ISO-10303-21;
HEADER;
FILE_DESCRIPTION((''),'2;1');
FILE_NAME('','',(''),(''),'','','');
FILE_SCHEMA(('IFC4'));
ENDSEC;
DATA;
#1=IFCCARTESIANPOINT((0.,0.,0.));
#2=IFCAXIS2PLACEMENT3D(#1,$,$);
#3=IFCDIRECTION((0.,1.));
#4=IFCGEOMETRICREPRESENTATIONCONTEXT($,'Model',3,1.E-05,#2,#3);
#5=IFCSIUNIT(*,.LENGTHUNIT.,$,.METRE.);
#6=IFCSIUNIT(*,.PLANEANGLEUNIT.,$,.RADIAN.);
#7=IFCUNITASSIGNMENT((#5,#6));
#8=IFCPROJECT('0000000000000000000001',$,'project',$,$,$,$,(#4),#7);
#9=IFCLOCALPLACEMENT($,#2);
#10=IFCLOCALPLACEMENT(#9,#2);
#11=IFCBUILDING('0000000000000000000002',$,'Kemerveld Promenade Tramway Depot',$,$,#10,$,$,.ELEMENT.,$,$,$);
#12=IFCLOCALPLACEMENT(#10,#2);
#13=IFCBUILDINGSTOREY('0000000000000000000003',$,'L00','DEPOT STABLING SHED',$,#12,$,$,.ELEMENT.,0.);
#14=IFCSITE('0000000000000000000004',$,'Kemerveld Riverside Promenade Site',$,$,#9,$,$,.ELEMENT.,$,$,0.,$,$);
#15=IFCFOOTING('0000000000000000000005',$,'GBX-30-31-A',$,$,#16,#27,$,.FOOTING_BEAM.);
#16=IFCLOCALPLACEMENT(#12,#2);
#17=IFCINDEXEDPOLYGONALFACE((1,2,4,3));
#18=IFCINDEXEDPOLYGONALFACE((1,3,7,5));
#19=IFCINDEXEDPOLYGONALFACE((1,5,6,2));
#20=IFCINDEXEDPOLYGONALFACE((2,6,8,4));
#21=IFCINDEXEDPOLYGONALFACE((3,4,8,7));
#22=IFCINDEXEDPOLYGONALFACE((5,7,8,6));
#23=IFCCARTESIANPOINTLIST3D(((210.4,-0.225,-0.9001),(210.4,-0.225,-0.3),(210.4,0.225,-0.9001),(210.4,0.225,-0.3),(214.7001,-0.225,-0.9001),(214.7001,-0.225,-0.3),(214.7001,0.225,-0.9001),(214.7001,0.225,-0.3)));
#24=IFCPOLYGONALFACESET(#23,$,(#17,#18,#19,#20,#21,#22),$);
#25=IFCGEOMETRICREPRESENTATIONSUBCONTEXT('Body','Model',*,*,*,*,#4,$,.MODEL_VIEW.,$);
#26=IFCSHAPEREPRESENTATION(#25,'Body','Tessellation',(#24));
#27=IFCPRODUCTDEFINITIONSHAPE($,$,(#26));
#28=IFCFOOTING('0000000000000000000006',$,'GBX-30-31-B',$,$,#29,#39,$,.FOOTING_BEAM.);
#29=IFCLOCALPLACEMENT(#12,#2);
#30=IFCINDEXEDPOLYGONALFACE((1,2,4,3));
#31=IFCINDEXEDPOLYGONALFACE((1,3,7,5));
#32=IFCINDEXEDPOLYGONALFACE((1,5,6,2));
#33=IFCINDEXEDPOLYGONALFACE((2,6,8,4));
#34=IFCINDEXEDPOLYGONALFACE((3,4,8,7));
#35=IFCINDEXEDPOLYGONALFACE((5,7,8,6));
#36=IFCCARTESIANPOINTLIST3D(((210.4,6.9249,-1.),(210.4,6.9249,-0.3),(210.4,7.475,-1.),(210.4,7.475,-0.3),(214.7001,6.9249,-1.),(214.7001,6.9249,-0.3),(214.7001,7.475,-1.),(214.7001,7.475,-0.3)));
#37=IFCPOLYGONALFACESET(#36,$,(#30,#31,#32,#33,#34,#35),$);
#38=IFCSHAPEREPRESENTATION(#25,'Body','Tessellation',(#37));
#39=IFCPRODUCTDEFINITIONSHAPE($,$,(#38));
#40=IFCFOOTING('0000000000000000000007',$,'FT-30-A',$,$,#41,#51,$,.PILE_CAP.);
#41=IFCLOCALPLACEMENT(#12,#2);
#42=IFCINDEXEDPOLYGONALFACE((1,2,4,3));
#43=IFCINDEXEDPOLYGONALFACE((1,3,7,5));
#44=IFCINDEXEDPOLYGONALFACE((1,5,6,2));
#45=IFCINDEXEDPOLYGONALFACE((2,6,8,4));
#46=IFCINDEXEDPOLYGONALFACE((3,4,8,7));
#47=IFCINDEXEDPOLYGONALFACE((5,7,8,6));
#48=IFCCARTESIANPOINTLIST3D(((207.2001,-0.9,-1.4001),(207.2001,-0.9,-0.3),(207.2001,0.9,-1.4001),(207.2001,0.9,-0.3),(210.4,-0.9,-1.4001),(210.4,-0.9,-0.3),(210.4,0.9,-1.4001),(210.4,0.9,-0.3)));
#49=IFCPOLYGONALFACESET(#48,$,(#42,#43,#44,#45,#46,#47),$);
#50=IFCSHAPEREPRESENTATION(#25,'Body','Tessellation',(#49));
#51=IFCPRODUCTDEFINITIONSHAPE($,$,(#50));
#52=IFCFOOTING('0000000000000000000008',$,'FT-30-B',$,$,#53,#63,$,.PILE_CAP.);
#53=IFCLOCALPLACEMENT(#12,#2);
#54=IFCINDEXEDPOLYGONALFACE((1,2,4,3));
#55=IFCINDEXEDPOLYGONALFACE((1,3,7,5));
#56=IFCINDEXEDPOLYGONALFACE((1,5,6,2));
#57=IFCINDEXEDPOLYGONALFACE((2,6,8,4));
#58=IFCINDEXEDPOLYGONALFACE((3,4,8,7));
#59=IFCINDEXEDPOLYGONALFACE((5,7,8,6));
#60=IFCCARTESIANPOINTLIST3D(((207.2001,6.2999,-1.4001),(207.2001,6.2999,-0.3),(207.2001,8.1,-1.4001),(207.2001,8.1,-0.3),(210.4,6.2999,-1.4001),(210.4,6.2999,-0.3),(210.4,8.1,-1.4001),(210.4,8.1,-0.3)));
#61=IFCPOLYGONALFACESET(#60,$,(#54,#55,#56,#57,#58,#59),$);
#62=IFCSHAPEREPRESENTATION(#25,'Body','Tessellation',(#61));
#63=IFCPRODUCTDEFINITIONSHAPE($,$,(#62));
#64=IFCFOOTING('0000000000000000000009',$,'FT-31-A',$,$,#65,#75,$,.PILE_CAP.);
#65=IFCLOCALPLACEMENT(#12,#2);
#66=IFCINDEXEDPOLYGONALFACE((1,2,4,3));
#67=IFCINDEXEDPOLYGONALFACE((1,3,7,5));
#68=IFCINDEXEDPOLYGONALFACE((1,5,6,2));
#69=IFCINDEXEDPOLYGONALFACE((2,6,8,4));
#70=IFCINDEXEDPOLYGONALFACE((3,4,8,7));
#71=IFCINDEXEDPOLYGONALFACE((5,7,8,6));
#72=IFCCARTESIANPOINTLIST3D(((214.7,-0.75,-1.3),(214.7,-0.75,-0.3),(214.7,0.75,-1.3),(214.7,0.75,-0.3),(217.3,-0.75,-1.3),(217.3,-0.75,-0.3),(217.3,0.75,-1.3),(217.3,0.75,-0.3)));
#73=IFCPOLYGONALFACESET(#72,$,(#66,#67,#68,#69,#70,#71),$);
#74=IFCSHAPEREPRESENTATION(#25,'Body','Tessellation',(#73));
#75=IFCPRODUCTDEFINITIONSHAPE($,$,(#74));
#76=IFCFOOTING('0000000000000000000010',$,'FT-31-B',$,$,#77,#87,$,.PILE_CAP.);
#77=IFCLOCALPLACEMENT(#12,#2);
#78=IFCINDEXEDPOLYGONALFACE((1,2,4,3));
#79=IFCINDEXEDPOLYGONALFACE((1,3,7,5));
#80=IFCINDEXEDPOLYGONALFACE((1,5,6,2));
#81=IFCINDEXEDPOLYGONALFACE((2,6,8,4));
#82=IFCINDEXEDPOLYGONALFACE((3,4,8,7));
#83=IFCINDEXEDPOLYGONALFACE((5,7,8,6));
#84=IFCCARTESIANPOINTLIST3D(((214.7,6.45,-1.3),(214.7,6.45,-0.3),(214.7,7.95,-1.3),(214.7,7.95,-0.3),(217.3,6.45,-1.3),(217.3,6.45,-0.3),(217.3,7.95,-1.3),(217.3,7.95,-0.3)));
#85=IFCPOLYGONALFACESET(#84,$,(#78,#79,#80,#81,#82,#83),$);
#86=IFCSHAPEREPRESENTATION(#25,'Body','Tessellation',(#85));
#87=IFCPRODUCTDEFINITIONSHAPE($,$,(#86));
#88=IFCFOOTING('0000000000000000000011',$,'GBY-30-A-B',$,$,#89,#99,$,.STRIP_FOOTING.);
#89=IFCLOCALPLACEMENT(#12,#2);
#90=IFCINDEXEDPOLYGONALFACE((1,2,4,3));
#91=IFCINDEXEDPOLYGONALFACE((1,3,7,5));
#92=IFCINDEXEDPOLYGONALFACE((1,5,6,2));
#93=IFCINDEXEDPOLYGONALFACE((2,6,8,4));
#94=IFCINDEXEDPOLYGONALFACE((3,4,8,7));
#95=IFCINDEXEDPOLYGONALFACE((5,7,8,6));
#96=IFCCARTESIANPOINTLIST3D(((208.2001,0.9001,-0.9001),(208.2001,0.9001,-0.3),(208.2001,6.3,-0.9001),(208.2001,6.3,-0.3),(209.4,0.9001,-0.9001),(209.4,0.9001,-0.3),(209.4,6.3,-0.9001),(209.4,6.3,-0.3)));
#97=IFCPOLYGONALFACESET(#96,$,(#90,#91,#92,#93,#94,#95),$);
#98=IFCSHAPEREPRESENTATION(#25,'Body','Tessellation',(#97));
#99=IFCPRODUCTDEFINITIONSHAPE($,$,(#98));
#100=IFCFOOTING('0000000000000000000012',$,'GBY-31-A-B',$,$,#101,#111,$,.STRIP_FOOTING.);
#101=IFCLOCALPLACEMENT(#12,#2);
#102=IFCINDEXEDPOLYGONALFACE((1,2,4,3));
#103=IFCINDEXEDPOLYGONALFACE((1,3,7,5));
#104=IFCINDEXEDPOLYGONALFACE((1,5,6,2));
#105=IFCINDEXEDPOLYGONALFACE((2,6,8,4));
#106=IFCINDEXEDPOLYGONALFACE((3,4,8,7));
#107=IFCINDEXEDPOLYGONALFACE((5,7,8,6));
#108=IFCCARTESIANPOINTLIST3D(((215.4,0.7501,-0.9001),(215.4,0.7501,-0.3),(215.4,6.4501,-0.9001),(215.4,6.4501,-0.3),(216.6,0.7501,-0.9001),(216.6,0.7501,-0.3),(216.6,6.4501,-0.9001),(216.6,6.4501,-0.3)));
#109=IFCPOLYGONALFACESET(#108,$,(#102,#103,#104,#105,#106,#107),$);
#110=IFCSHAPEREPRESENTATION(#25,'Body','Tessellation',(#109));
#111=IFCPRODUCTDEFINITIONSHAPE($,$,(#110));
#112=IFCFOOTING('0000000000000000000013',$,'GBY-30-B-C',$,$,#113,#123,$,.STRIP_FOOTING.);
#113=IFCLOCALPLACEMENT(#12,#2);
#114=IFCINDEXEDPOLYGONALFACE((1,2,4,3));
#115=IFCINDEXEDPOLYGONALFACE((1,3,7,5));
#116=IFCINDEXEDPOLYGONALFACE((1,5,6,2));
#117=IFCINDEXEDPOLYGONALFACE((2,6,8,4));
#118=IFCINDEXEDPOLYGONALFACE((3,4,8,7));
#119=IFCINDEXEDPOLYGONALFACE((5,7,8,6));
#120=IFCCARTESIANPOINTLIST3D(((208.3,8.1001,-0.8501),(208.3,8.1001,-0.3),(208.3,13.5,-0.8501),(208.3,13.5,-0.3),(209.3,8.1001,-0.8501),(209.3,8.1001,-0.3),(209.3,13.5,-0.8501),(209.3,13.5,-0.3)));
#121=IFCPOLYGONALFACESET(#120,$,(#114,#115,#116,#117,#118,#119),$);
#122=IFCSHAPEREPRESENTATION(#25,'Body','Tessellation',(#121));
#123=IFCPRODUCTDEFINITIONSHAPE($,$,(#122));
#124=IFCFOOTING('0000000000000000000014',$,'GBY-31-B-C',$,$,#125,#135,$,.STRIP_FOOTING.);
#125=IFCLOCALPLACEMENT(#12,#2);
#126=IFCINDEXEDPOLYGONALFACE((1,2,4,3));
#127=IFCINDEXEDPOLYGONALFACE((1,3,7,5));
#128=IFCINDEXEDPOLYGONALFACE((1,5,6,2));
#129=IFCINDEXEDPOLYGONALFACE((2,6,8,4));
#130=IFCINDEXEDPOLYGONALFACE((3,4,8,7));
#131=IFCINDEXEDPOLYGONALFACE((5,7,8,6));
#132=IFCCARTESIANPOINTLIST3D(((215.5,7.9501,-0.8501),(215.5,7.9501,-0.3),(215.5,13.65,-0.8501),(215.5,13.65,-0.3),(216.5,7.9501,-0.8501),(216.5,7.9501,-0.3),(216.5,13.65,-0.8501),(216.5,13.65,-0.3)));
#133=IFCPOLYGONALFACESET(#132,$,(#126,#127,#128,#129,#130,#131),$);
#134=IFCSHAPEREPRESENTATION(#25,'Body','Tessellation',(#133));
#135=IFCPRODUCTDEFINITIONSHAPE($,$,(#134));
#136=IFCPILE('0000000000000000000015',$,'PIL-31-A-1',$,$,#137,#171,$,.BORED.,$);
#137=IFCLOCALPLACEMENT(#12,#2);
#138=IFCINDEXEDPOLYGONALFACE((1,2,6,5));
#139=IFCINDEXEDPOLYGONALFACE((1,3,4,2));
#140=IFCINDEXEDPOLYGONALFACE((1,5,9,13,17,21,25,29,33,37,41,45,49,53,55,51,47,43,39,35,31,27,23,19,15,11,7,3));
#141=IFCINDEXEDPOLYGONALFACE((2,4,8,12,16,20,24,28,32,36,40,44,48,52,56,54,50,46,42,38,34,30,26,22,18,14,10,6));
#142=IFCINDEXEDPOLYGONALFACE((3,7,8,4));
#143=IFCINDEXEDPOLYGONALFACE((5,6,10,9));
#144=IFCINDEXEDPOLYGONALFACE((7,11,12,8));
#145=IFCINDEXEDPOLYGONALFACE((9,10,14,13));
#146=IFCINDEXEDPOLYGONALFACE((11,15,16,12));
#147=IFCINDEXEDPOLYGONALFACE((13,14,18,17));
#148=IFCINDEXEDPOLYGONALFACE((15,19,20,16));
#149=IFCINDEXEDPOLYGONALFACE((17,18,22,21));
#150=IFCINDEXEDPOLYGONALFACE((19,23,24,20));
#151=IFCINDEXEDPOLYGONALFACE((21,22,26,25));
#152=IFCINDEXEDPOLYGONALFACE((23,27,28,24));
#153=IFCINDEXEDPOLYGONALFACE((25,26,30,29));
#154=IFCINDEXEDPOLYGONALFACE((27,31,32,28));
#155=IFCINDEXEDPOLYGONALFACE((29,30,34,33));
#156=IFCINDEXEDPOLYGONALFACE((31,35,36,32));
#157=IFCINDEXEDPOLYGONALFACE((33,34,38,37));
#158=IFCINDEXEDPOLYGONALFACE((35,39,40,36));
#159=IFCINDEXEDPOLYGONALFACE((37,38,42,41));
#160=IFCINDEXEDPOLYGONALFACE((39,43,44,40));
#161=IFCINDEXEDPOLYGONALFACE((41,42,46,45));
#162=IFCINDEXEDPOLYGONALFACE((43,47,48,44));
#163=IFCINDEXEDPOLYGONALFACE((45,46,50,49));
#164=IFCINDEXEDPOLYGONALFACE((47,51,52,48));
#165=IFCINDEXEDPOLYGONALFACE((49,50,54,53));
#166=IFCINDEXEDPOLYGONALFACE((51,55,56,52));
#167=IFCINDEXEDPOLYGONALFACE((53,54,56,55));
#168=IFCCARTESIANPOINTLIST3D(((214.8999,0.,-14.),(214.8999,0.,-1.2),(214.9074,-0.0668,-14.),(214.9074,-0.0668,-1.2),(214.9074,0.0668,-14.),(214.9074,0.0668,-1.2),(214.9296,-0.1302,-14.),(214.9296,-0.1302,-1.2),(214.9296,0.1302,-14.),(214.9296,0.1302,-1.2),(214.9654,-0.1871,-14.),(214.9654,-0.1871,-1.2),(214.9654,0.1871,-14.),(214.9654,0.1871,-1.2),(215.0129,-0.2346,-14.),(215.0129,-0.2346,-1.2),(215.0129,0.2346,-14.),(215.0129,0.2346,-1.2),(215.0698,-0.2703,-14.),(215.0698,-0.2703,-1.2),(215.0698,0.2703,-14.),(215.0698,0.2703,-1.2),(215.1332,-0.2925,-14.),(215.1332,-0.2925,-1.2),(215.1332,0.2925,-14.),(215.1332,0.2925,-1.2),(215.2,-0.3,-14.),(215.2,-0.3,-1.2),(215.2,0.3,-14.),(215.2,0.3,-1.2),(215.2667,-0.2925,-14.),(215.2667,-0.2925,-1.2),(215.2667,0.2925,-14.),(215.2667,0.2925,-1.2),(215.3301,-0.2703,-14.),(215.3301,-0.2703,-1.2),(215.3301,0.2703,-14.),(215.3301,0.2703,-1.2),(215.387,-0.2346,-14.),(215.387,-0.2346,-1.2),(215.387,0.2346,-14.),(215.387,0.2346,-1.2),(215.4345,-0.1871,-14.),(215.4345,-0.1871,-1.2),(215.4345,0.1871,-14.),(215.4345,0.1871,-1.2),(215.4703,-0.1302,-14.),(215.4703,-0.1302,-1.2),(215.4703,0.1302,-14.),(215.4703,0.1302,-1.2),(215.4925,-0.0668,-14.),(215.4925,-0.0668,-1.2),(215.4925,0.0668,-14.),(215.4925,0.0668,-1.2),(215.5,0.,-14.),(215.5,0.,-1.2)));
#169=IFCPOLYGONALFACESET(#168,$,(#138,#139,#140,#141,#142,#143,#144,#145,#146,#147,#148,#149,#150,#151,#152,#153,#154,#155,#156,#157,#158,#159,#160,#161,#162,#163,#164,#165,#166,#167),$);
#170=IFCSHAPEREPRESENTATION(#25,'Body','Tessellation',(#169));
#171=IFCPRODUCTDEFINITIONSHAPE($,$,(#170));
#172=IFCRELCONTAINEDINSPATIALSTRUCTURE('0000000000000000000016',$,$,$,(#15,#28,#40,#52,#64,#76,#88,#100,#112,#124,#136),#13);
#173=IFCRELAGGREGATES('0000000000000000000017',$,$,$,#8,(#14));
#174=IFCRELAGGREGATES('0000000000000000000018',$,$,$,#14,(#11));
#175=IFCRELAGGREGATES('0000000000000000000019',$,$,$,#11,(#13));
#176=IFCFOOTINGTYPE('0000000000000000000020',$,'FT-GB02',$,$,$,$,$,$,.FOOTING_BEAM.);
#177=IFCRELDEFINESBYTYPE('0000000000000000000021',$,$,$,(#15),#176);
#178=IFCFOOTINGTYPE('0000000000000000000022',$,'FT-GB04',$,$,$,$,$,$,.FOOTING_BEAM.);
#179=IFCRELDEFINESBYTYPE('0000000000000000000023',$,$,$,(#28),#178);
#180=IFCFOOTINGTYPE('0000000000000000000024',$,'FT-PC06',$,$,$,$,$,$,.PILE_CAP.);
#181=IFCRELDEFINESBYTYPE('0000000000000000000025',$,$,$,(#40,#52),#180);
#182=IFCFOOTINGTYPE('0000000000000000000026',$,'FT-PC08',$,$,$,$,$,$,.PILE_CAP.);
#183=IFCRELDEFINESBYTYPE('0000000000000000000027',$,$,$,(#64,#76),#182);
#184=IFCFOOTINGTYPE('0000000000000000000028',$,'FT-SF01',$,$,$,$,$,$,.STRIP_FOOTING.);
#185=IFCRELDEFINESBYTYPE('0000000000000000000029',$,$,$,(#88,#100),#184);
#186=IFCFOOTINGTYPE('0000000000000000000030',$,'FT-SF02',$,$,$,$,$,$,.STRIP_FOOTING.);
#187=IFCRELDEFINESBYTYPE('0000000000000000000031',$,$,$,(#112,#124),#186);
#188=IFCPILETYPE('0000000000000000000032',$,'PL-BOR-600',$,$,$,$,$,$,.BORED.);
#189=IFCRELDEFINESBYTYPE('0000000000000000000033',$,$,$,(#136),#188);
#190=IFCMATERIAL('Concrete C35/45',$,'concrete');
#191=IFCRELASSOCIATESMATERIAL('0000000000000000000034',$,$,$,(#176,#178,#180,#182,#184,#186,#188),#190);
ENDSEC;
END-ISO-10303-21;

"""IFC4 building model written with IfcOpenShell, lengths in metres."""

from ifc_helpers import new_model, si_unit, direction, frame, origin, origin_2d, place, context, subcontext, project, spatial, rectangle, circle, extrude, material, material_profile, profile_set, type_object, element, save


model = new_model("IFC4")

# Units and contexts
model_context = context("Model", 3, precision=1e-05, world=origin(), true_north=direction((0.0, 1.0)))
body_context = subcontext(model_context, "Body", "Model", "MODEL_VIEW")
ifc_project = project(units=[si_unit("LENGTHUNIT", "METRE"), si_unit("PLANEANGLEUNIT", "RADIAN")], contexts=[model_context])

# Site, building, storey
site_placement = place(None, origin())
site = spatial("IfcSite", under=ifc_project, at=site_placement, Name="Kemerveld Riverside Promenade Site", CompositionType="ELEMENT", RefElevation=0.0)
building_placement = place(site_placement, origin())
building = spatial("IfcBuilding", under=site, at=building_placement, Name="Kemerveld Promenade Tramway Depot", CompositionType="ELEMENT")
storey_placement = place(building_placement, origin())
storey = spatial("IfcBuildingStorey", under=building, at=storey_placement, Name="L00", Description="DEPOT STABLING SHED", CompositionType="ELEMENT", Elevation=0.0)

# Footings
ifc_material_1 = material(Name="Concrete C35/45", Category="concrete")
footing_type_1 = type_object("IfcFootingType", Name="FT-GB02", PredefinedType="FOOTING_BEAM", material=ifc_material_1)
footing_1_placement = place(storey_placement, frame((212.55, 0.0, -0.9001), z_axis=(0.0, 0.0, 1.0), x_axis=(1.0, 0.0, 0.0)))
element("IfcFooting", 1, at=footing_1_placement, inside=storey, type_object=footing_type_1, Name="GBX-30-31-A", PredefinedType="FOOTING_BEAM", context=body_context, shape_type="SweptSolid", body=[
    extrude(rectangle(XDim=4.3, YDim=0.45, at=origin_2d()), origin(), (0.0, 0.0, 1.0), 0.6001),
])
footing_type_2 = type_object("IfcFootingType", Name="FT-GB04", PredefinedType="FOOTING_BEAM", material=ifc_material_1)
footing_2_placement = place(storey_placement, frame((212.55, 7.2, -1.0), z_axis=(0.0, 0.0, 1.0), x_axis=(1.0, 0.0, 0.0)))
element("IfcFooting", 2, at=footing_2_placement, inside=storey, type_object=footing_type_2, Name="GBX-30-31-B", PredefinedType="FOOTING_BEAM", context=body_context, shape_type="SweptSolid", body=[
    extrude(rectangle(XDim=4.3, YDim=0.55, at=origin_2d()), origin(), (0.0, 0.0, 1.0), 0.7),
])
footing_type_3 = type_object("IfcFootingType", Name="FT-PC06", PredefinedType="PILE_CAP", material=ifc_material_1)
for number, where, z_axis, x_axis, name in (
    (3, (208.8, 0.0, -1.4001), (0.0, 0.0, 1.0), (1.0, 0.0, 0.0), "FT-30-A"),
    (4, (208.8, 7.2, -1.4001), (0.0, 0.0, 1.0), (1.0, 0.0, 0.0), "FT-30-B"),
):
    element("IfcFooting", number, at=place(storey_placement, frame(where, z_axis=z_axis, x_axis=x_axis)), inside=storey, type_object=footing_type_3, Name=name, PredefinedType="PILE_CAP", context=body_context, shape_type="SweptSolid", body=[
        extrude(rectangle(XDim=3.2, YDim=1.8, at=origin_2d()), origin(), (0.0, 0.0, 1.0), 1.1001),
    ])
footing_type_4 = type_object("IfcFootingType", Name="FT-PC08", PredefinedType="PILE_CAP", material=ifc_material_1)
for number, where, z_axis, x_axis, name in (
    (5, (216.0, 0.0, -1.3), (0.0, 0.0, 1.0), (1.0, 0.0, 0.0), "FT-31-A"),
    (6, (216.0, 7.2, -1.3), (0.0, 0.0, 1.0), (1.0, 0.0, 0.0), "FT-31-B"),
):
    element("IfcFooting", number, at=place(storey_placement, frame(where, z_axis=z_axis, x_axis=x_axis)), inside=storey, type_object=footing_type_4, Name=name, PredefinedType="PILE_CAP", context=body_context, shape_type="SweptSolid", body=[
        extrude(rectangle(XDim=2.6001, YDim=1.5, at=origin_2d()), origin(), (0.0, 0.0, 1.0), 1.0),
    ])
footing_type_5 = type_object("IfcFootingType", Name="FT-SF01", PredefinedType="STRIP_FOOTING", material=ifc_material_1)
footing_3_placement = place(storey_placement, frame((208.8, 3.6001, -0.9001), z_axis=(0.0, 0.0, 1.0), x_axis=(0.0, 1.0, 0.0)))
element("IfcFooting", 7, at=footing_3_placement, inside=storey, type_object=footing_type_5, Name="GBY-30-A-B", PredefinedType="STRIP_FOOTING", context=body_context, shape_type="SweptSolid", body=[
    extrude(rectangle(XDim=5.3999, YDim=1.2, at=origin_2d()), origin(), (0.0, 0.0, 1.0), 0.6001),
])
footing_4_placement = place(storey_placement, frame((216.0, 3.6001, -0.9001), z_axis=(0.0, 0.0, 1.0), x_axis=(0.0, 1.0, 0.0)))
element("IfcFooting", 8, at=footing_4_placement, inside=storey, type_object=footing_type_5, Name="GBY-31-A-B", PredefinedType="STRIP_FOOTING", context=body_context, shape_type="SweptSolid", body=[
    extrude(rectangle(XDim=5.7, YDim=1.2, at=origin_2d()), origin(), (0.0, 0.0, 1.0), 0.6001),
])
footing_type_6 = type_object("IfcFootingType", Name="FT-SF02", PredefinedType="STRIP_FOOTING", material=ifc_material_1)
footing_5_placement = place(storey_placement, frame((208.8, 10.8, -0.8501), z_axis=(0.0, 0.0, 1.0), x_axis=(0.0, 1.0, 0.0)))
element("IfcFooting", 9, at=footing_5_placement, inside=storey, type_object=footing_type_6, Name="GBY-30-B-C", PredefinedType="STRIP_FOOTING", context=body_context, shape_type="SweptSolid", body=[
    extrude(rectangle(XDim=5.3999, YDim=1.0, at=origin_2d()), origin(), (0.0, 0.0, 1.0), 0.55),
])
footing_6_placement = place(storey_placement, frame((216.0, 10.8, -0.8501), z_axis=(0.0, 0.0, 1.0), x_axis=(0.0, 1.0, 0.0)))
element("IfcFooting", 10, at=footing_6_placement, inside=storey, type_object=footing_type_6, Name="GBY-31-B-C", PredefinedType="STRIP_FOOTING", context=body_context, shape_type="SweptSolid", body=[
    extrude(rectangle(XDim=5.7, YDim=1.0, at=origin_2d()), origin(), (0.0, 0.0, 1.0), 0.55),
])

# Pile
ifc_material_profile_1 = material_profile(ifc_material_1, circle(Radius=0.3, at=origin_2d()), Name="PILE-D600")
ifc_profile_set_1 = profile_set([ifc_material_profile_1], Name="Concrete C35/45")
pile_type_1 = type_object("IfcPileType", Name="PL-BOR-600", PredefinedType="BORED", material=ifc_profile_set_1)
for number, where, z_axis, x_axis, name in (
    (11, (215.2, 0.0, -1.2), (0.0, 0.0, -1.0), (1.0, 0.0, 0.0), "PIL-31-A-1"),
):
    element("IfcPile", number, at=place(storey_placement, frame(where, z_axis=z_axis, x_axis=x_axis)), inside=storey, type_object=pile_type_1, Name=name, PredefinedType="BORED", context=body_context, shape_type="SweptSolid", body=[
        extrude(circle(Radius=0.3, at=origin_2d()), origin(), (0.0, 0.0, 1.0), 12.8),
    ])

save(model, "model.ifc")
